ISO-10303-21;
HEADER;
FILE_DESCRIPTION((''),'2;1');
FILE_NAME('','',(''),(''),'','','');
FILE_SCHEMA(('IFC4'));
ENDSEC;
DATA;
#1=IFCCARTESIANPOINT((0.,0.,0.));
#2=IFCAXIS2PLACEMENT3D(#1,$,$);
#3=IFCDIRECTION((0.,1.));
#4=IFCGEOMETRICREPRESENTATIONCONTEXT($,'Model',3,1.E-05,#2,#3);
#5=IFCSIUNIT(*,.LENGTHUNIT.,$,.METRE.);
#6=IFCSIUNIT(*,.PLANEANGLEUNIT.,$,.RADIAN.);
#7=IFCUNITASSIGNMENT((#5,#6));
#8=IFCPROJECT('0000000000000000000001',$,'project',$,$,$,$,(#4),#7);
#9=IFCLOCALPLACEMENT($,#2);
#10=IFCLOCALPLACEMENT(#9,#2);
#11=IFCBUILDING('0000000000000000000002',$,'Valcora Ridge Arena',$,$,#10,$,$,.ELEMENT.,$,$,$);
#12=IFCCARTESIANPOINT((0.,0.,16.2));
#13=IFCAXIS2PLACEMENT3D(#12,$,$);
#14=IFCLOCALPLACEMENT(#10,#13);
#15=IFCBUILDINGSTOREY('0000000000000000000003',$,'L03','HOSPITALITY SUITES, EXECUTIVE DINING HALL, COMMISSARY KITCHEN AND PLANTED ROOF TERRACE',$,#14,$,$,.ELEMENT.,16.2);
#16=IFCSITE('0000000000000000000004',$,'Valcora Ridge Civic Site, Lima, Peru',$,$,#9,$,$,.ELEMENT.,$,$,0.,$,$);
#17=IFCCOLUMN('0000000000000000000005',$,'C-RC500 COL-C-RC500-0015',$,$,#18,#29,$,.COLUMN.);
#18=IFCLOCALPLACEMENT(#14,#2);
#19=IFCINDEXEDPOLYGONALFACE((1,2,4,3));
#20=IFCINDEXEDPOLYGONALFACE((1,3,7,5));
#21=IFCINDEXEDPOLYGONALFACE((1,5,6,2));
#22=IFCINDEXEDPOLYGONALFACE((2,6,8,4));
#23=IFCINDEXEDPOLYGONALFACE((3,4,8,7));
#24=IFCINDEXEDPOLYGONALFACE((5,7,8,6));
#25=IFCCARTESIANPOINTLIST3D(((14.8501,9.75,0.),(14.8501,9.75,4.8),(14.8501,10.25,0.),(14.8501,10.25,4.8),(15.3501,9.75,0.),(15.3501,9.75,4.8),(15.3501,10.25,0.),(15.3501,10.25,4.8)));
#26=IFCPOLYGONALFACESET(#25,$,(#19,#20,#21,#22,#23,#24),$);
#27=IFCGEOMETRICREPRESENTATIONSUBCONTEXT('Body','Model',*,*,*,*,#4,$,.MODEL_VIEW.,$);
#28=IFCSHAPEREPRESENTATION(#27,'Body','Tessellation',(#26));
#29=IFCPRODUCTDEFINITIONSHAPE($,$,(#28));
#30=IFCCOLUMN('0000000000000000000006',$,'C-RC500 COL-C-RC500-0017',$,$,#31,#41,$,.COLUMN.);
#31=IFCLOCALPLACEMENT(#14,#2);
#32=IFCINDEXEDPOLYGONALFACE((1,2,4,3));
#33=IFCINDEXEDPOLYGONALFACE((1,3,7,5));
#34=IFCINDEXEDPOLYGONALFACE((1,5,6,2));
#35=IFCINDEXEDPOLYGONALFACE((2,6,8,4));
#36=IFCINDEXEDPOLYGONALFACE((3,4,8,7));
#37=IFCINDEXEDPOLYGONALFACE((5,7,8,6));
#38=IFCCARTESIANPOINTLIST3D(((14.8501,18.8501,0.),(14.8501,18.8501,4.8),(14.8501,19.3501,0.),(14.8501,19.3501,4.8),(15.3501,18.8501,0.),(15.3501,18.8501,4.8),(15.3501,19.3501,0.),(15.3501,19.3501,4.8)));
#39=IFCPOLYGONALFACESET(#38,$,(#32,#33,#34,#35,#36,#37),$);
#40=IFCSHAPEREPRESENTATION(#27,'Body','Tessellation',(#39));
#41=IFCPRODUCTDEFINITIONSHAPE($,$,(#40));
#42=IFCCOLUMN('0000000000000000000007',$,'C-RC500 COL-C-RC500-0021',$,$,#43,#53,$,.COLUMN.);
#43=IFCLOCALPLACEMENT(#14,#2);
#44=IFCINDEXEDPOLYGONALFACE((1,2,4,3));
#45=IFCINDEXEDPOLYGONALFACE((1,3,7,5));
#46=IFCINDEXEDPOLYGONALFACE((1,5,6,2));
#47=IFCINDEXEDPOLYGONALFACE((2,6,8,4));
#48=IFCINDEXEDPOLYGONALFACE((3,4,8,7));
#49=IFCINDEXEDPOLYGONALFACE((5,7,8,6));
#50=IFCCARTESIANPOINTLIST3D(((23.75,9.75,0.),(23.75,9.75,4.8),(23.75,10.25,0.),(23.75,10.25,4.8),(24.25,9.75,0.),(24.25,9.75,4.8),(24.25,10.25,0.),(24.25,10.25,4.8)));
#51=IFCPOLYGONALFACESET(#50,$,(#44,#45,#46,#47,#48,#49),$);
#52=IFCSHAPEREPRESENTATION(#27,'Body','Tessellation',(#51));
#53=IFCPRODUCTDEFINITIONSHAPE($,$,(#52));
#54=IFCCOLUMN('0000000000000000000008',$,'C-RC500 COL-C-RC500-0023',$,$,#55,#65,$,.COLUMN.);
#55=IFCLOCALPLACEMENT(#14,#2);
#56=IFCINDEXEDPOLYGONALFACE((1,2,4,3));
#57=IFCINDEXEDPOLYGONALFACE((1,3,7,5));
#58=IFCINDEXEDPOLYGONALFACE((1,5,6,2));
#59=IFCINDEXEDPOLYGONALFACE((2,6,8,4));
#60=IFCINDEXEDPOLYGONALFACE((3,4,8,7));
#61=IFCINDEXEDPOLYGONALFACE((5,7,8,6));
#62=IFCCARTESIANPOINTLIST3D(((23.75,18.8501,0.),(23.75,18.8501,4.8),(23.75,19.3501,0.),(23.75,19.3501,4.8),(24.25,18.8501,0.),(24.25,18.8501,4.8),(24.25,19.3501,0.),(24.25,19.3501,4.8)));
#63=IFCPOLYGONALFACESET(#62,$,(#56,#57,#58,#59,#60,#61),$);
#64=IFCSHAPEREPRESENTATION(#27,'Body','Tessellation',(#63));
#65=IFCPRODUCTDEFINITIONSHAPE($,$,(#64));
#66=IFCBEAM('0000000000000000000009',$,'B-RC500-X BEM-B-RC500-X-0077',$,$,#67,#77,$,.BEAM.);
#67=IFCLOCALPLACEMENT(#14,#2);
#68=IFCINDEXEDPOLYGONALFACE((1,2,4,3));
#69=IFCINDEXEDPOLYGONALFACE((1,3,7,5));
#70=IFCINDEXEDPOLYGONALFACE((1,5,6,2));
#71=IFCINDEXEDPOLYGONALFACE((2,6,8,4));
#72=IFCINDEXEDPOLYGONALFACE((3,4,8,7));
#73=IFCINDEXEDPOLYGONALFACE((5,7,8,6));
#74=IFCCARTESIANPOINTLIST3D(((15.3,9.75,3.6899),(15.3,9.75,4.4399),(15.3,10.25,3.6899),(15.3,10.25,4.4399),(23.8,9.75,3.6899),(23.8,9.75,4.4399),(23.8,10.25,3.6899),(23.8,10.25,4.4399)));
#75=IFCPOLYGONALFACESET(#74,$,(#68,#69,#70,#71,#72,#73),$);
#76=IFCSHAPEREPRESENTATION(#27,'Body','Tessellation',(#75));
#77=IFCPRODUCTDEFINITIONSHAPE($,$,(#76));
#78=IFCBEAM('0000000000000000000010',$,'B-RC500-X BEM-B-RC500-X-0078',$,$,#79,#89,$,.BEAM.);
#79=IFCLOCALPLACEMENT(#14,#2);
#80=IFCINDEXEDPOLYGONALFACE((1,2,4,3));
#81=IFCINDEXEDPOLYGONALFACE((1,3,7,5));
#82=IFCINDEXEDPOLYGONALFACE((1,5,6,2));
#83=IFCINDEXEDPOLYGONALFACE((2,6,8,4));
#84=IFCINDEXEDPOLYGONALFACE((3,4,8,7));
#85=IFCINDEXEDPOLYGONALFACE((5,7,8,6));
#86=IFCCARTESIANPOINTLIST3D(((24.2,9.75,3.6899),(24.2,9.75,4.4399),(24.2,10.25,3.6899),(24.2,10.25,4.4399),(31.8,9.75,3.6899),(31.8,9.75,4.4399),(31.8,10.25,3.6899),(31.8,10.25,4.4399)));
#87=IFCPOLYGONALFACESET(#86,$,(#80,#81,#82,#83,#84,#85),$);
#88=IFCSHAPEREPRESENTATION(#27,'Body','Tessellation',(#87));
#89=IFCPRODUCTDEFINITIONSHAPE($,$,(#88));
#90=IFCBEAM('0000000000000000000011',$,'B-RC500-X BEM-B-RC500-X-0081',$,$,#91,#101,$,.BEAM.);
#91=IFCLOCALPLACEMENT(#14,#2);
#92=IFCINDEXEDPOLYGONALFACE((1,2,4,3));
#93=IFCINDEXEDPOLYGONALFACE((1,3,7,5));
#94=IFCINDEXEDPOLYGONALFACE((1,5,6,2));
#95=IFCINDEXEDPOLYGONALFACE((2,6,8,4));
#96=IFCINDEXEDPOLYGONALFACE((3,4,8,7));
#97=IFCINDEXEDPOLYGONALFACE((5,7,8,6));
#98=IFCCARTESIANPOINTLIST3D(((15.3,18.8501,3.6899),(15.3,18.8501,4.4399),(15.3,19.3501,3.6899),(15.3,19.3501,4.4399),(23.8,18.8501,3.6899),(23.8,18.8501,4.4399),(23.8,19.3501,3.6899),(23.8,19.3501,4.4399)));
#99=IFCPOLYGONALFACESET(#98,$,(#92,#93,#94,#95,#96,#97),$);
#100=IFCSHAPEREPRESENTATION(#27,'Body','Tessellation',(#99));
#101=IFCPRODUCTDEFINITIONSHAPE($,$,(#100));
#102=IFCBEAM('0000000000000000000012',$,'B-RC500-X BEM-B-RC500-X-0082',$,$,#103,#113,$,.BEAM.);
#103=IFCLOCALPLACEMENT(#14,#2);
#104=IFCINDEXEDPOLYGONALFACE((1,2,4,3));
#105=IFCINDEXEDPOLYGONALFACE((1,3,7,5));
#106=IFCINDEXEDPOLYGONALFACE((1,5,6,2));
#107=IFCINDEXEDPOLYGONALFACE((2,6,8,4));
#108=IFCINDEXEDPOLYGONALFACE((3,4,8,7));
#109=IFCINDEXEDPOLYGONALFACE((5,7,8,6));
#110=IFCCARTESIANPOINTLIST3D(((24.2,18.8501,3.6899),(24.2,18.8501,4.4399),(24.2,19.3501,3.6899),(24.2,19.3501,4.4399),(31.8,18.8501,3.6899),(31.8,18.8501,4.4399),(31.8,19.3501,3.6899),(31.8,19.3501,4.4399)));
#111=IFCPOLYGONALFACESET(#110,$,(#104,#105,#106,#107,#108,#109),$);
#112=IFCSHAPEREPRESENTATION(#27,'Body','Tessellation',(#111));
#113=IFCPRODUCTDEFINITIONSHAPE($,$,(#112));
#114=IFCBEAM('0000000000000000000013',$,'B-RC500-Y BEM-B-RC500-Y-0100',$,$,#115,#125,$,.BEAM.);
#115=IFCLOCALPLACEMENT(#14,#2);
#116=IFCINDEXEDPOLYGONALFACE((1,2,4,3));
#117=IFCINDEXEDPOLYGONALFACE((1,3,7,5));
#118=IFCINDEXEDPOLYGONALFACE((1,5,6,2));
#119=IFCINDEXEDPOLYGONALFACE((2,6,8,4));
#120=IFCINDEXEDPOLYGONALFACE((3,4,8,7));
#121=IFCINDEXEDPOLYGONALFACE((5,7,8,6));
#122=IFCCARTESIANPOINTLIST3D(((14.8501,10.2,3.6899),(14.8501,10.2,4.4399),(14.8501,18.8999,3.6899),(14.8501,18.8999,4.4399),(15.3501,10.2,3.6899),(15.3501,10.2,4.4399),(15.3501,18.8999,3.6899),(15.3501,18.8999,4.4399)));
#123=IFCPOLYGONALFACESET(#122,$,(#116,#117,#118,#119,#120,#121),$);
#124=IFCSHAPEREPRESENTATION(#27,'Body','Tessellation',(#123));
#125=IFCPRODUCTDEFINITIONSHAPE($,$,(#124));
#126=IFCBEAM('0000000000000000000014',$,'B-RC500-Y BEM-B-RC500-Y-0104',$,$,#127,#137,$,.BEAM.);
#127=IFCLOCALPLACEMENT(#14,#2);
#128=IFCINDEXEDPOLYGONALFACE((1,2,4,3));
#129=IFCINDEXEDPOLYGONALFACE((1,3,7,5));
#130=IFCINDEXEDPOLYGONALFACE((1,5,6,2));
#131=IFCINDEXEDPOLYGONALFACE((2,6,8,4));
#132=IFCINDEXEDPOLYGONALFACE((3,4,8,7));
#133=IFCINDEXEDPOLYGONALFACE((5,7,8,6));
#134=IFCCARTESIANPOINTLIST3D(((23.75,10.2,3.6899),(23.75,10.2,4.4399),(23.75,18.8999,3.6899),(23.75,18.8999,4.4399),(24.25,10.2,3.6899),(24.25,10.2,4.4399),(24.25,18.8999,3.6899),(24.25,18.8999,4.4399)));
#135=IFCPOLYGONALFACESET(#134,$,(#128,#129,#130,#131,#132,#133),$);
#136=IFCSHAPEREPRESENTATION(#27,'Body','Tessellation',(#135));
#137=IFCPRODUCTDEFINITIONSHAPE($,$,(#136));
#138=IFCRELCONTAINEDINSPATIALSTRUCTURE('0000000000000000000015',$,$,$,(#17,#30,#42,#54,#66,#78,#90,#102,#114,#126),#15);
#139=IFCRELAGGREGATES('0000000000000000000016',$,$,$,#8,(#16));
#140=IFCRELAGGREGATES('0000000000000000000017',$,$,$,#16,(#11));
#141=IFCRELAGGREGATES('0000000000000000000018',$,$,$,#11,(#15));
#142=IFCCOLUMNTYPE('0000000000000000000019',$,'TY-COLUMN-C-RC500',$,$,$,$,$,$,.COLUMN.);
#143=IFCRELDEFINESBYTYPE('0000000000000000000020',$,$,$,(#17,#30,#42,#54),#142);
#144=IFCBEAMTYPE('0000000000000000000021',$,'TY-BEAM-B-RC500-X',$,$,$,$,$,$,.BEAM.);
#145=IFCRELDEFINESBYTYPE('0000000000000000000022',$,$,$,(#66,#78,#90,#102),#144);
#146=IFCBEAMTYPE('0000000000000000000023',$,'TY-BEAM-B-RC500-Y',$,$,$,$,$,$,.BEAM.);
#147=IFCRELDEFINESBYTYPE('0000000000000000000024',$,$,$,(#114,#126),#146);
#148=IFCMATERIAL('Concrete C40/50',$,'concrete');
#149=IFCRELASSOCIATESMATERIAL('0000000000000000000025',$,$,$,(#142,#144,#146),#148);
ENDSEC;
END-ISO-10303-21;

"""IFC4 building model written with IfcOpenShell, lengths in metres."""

from ifc_helpers import new_model, si_unit, direction, frame, origin, origin_2d, place, context, subcontext, project, spatial, rectangle, extrude, material, material_profile, profile_set, type_object, element, save


model = new_model("IFC4")

# Units and contexts
model_context = context("Model", 3, precision=1e-05, world=origin(), true_north=direction((0.0, 1.0)))
body_context = subcontext(model_context, "Body", "Model", "MODEL_VIEW")
ifc_project = project(units=[si_unit("LENGTHUNIT", "METRE"), si_unit("PLANEANGLEUNIT", "RADIAN")], contexts=[model_context])

# Site, building, storey
site_placement = place(None, origin())
site = spatial("IfcSite", under=ifc_project, at=site_placement, Name="Valcora Ridge Civic Site, Lima, Peru", CompositionType="ELEMENT", RefElevation=0.0)
building_placement = place(site_placement, origin())
building = spatial("IfcBuilding", under=site, at=building_placement, Name="Valcora Ridge Arena", CompositionType="ELEMENT")
storey_placement = place(building_placement, frame((0.0, 0.0, 16.2)))
storey = spatial("IfcBuildingStorey", under=building, at=storey_placement, Name="L03", Description="HOSPITALITY SUITES, EXECUTIVE DINING HALL, COMMISSARY KITCHEN AND PLANTED ROOF TERRACE", CompositionType="ELEMENT", Elevation=16.2)

# Columns
ifc_material_1 = material(Name="Concrete C40/50", Category="concrete")
ifc_material_profile_1 = material_profile(ifc_material_1, rectangle(XDim=0.5, YDim=0.5, at=origin_2d()), Name="RC 500x500")
ifc_profile_set_1 = profile_set([ifc_material_profile_1], Name="Concrete C40/50")
column_type = type_object("IfcColumnType", Name="TY-COLUMN-C-RC500", PredefinedType="COLUMN", material=ifc_profile_set_1)
for number, where, z_axis, x_axis, name in (
    (1, (15.1001, 10.0, 0.0), (0.0, 0.0, 1.0), (1.0, 0.0, 0.0), "C-RC500 COL-C-RC500-0015"),
    (2, (15.1001, 19.1001, 0.0), (0.0, 0.0, 1.0), (1.0, 0.0, 0.0), "C-RC500 COL-C-RC500-0017"),
    (3, (24.0, 10.0, 0.0), (0.0, 0.0, 1.0), (1.0, 0.0, 0.0), "C-RC500 COL-C-RC500-0021"),
    (4, (24.0, 19.1001, 0.0), (0.0, 0.0, 1.0), (1.0, 0.0, 0.0), "C-RC500 COL-C-RC500-0023"),
):
    element("IfcColumn", number, at=place(storey_placement, frame(where, z_axis=z_axis, x_axis=x_axis)), inside=storey, type_object=column_type, Name=name, PredefinedType="COLUMN", context=body_context, shape_type="SweptSolid", body=[
        extrude(rectangle(XDim=0.5, YDim=0.5, at=origin_2d()), origin(), (0.0, 0.0, 1.0), 4.8),
    ])

# Beams
ifc_material_profile_2 = material_profile(ifc_material_1, rectangle(XDim=0.5, YDim=0.75, at=origin_2d()), Name="RC 500x750")
ifc_profile_set_2 = profile_set([ifc_material_profile_2], Name="Concrete C40/50")
beam_type_1 = type_object("IfcBeamType", Name="TY-BEAM-B-RC500-X", PredefinedType="BEAM", material=ifc_profile_set_2)
beam_1_placement = place(storey_placement, frame((15.3, 10.0, 4.0649), z_axis=(1.0, 0.0, 0.0), x_axis=(0.0, 1.0, 0.0)))
element("IfcBeam", 5, at=beam_1_placement, inside=storey, type_object=beam_type_1, Name="B-RC500-X BEM-B-RC500-X-0077", PredefinedType="BEAM", context=body_context, shape_type="SweptSolid", body=[
    extrude(rectangle(XDim=0.5, YDim=0.75, at=origin_2d()), origin(), (0.0, 0.0, 1.0), 8.5),
])
beam_2_placement = place(storey_placement, frame((24.2, 10.0, 4.0649), z_axis=(1.0, 0.0, 0.0), x_axis=(0.0, 1.0, 0.0)))
element("IfcBeam", 6, at=beam_2_placement, inside=storey, type_object=beam_type_1, Name="B-RC500-X BEM-B-RC500-X-0078", PredefinedType="BEAM", context=body_context, shape_type="SweptSolid", body=[
    extrude(rectangle(XDim=0.5, YDim=0.75, at=origin_2d()), origin(), (0.0, 0.0, 1.0), 7.6001),
])
beam_3_placement = place(storey_placement, frame((15.3, 19.1001, 4.0649), z_axis=(1.0, 0.0, 0.0), x_axis=(0.0, 1.0, 0.0)))
element("IfcBeam", 7, at=beam_3_placement, inside=storey, type_object=beam_type_1, Name="B-RC500-X BEM-B-RC500-X-0081", PredefinedType="BEAM", context=body_context, shape_type="SweptSolid", body=[
    extrude(rectangle(XDim=0.5, YDim=0.75, at=origin_2d()), origin(), (0.0, 0.0, 1.0), 8.5),
])
beam_4_placement = place(storey_placement, frame((24.2, 19.1001, 4.0649), z_axis=(1.0, 0.0, 0.0), x_axis=(0.0, 1.0, 0.0)))
element("IfcBeam", 8, at=beam_4_placement, inside=storey, type_object=beam_type_1, Name="B-RC500-X BEM-B-RC500-X-0082", PredefinedType="BEAM", context=body_context, shape_type="SweptSolid", body=[
    extrude(rectangle(XDim=0.5, YDim=0.75, at=origin_2d()), origin(), (0.0, 0.0, 1.0), 7.6001),
])
ifc_material_profile_3 = material_profile(ifc_material_1, rectangle(XDim=0.5, YDim=0.75, at=origin_2d()), Name="RC 500x750")
ifc_profile_set_3 = profile_set([ifc_material_profile_3], Name="Concrete C40/50")
beam_type_2 = type_object("IfcBeamType", Name="TY-BEAM-B-RC500-Y", PredefinedType="BEAM", material=ifc_profile_set_3)
for number, where, z_axis, x_axis, name in (
    (9, (15.1001, 10.2, 4.0649), (0.0, 1.0, 0.0), (-1.0, 0.0, 0.0), "B-RC500-Y BEM-B-RC500-Y-0100"),
    (10, (24.0, 10.2, 4.0649), (0.0, 1.0, 0.0), (-1.0, 0.0, 0.0), "B-RC500-Y BEM-B-RC500-Y-0104"),
):
    element("IfcBeam", number, at=place(storey_placement, frame(where, z_axis=z_axis, x_axis=x_axis)), inside=storey, type_object=beam_type_2, Name=name, PredefinedType="BEAM", context=body_context, shape_type="SweptSolid", body=[
        extrude(rectangle(XDim=0.5, YDim=0.75, at=origin_2d()), origin(), (0.0, 0.0, 1.0), 8.7),
    ])

save(model, "model.ifc")
